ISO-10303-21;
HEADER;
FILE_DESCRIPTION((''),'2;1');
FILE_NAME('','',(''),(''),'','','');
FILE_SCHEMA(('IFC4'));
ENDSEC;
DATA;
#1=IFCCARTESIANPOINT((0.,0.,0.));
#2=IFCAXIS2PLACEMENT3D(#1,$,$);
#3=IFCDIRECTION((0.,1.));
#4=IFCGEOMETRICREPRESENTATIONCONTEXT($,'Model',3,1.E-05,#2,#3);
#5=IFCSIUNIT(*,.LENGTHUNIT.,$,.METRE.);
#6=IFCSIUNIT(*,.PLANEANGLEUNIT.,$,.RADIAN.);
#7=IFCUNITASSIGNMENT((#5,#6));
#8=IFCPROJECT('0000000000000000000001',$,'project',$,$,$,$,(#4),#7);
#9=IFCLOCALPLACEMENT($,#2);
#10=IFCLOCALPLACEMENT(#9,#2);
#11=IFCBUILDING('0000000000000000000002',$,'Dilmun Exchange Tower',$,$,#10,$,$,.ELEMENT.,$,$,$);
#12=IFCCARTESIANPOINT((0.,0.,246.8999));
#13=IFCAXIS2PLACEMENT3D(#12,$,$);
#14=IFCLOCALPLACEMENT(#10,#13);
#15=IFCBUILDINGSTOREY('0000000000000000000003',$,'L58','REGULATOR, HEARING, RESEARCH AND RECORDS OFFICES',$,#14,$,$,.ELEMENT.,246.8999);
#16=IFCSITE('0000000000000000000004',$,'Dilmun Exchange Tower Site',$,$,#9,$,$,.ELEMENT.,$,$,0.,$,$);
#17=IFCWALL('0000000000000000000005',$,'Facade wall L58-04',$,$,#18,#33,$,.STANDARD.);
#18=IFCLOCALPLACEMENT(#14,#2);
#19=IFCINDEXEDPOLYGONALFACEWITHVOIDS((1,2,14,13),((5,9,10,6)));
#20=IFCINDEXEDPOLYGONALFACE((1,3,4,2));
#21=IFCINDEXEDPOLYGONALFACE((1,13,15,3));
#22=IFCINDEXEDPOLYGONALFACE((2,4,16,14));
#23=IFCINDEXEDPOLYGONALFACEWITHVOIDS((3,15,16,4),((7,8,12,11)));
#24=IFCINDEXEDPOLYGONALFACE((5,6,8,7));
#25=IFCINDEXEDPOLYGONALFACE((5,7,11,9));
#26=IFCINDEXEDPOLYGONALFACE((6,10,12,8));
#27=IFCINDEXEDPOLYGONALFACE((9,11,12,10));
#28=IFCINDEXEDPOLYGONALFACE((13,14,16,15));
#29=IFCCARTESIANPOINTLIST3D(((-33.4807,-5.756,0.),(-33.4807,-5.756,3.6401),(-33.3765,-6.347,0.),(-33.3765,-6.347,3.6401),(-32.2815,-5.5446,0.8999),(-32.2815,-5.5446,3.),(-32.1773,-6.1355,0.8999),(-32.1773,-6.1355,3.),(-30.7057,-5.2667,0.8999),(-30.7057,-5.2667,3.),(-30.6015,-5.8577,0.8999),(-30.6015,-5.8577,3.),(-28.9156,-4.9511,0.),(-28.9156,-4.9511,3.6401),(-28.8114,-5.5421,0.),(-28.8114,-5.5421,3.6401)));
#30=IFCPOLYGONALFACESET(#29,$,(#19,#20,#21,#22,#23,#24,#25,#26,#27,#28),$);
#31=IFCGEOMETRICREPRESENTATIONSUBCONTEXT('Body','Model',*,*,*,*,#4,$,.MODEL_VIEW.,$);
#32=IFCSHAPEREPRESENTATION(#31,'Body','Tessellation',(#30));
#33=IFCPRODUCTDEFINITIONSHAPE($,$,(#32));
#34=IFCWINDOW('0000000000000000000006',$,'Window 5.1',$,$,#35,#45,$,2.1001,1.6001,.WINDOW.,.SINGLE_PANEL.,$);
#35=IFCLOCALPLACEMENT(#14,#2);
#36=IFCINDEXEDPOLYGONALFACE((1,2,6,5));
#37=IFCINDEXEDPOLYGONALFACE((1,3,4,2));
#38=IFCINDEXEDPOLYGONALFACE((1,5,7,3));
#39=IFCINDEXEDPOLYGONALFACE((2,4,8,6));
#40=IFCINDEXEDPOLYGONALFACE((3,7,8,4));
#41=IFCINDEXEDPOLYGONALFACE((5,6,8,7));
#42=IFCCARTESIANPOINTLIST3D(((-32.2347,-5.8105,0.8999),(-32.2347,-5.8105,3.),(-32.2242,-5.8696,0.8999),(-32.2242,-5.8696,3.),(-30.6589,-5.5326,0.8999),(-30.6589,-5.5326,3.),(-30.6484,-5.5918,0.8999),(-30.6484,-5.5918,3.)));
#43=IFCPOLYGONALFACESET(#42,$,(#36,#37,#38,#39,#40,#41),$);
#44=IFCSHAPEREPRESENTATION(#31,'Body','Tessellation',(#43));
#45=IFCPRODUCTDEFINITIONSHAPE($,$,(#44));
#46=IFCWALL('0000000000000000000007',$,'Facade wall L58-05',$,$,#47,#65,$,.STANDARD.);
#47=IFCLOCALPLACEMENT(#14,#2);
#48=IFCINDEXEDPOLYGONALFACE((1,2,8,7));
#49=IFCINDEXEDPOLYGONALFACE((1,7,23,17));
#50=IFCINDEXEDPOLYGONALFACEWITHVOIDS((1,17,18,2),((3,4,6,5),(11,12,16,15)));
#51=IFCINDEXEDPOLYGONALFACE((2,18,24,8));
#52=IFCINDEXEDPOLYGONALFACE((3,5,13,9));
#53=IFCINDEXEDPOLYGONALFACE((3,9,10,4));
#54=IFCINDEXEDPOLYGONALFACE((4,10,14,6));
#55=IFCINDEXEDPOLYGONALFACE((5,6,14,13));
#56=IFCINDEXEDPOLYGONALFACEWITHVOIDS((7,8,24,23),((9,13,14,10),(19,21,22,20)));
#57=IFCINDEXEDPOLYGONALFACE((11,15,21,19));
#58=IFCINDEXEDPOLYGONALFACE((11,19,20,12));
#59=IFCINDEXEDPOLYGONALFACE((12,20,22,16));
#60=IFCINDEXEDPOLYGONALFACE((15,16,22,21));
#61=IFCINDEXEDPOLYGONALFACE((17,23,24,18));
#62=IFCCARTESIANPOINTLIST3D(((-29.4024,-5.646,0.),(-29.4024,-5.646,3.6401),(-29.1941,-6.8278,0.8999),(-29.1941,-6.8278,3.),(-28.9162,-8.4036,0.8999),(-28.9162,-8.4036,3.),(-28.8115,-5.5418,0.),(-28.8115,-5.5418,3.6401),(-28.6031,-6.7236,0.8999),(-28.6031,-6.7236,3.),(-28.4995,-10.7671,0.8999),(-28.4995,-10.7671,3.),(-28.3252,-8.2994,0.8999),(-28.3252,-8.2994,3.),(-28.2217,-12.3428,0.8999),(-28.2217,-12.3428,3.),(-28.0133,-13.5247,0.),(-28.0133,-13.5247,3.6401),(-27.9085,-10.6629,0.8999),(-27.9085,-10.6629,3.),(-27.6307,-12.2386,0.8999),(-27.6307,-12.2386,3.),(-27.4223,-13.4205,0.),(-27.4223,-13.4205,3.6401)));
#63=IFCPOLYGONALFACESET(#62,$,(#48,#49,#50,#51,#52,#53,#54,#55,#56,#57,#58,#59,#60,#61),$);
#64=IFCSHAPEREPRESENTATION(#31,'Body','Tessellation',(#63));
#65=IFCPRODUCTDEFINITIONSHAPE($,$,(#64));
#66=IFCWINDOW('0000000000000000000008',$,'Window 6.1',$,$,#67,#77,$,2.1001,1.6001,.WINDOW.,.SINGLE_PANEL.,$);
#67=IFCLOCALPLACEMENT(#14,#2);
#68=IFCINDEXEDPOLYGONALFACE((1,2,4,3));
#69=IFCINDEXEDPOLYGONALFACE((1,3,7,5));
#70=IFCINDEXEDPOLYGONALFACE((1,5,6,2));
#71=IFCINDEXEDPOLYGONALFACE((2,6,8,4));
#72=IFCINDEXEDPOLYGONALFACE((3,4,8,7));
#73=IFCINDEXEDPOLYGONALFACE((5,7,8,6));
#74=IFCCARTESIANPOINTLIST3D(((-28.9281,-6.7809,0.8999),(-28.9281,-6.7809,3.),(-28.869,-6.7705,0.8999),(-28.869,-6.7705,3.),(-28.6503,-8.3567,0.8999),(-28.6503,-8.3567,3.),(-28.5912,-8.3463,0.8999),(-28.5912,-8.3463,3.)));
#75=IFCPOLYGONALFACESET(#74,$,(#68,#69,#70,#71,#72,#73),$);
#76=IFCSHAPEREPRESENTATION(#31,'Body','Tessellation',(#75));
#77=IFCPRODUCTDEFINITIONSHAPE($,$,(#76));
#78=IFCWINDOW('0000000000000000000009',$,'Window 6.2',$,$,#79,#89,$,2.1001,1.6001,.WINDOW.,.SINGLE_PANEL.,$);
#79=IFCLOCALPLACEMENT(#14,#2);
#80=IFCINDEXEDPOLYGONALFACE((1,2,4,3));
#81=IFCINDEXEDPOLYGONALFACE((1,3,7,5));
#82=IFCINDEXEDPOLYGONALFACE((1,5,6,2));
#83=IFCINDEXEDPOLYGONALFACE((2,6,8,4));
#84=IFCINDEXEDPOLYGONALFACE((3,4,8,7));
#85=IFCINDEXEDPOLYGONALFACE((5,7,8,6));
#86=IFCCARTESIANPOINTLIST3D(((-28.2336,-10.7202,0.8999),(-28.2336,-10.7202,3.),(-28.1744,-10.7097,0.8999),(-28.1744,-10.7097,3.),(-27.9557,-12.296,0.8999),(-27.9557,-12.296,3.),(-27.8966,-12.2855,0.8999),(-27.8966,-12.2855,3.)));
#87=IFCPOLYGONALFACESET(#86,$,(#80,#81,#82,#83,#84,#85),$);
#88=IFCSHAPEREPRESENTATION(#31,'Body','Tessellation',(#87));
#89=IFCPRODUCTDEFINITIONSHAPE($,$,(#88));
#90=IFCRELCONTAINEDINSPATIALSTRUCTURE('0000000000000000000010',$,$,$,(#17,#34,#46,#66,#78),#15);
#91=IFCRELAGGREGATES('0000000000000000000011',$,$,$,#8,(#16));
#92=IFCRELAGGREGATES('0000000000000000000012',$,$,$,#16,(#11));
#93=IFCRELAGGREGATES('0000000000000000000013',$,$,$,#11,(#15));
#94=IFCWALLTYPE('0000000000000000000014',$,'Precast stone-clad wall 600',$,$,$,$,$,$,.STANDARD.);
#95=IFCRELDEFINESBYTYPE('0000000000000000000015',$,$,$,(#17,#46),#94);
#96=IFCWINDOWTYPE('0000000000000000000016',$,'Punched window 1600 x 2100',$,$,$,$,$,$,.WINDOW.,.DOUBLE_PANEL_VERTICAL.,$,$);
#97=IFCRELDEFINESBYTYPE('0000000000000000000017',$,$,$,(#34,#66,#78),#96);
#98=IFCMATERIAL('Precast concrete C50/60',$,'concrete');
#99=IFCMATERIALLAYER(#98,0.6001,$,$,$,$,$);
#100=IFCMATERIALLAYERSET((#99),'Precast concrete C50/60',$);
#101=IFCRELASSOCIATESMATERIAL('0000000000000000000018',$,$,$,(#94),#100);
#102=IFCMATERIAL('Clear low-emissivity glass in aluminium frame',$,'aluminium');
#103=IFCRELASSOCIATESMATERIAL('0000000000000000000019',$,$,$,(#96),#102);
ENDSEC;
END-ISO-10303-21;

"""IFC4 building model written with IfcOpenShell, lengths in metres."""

from ifc_helpers import new_model, si_unit, direction, frame, frame_2d, origin, place, context, subcontext, project, spatial, rectangle, extrude, material, layer, layer_set, type_object, element, fill, save


model = new_model("IFC4")

# Units and contexts
model_context = context("Model", 3, precision=1e-05, world=origin(), true_north=direction((0.0, 1.0)))
body_context = subcontext(model_context, "Body", "Model", "MODEL_VIEW")
ifc_project = project(units=[si_unit("LENGTHUNIT", "METRE"), si_unit("PLANEANGLEUNIT", "RADIAN")], contexts=[model_context])

# Site, building, storey
site_placement = place(None, origin())
site = spatial("IfcSite", under=ifc_project, at=site_placement, Name="Dilmun Exchange Tower Site", CompositionType="ELEMENT", RefElevation=0.0)
building_placement = place(site_placement, origin())
building = spatial("IfcBuilding", under=site, at=building_placement, Name="Dilmun Exchange Tower", CompositionType="ELEMENT")
storey_placement = place(building_placement, frame((0.0, 0.0, 246.8999)))
storey = spatial("IfcBuildingStorey", under=building, at=storey_placement, Name="L58", Description="REGULATOR, HEARING, RESEARCH AND RECORDS OFFICES", CompositionType="ELEMENT", Elevation=246.8999)

# Wall, opening, window
ifc_material_1 = material(Name="Precast concrete C50/60", Category="concrete")
ifc_layer_1 = layer(ifc_material_1, 0.6001)
ifc_layer_set_1 = layer_set([ifc_layer_1], Name="Precast concrete C50/60")
wall_type_1 = type_object("IfcWallType", Name="Precast stone-clad wall 600", PredefinedType="STANDARD", material=ifc_layer_set_1)
wall_1_placement = place(storey_placement, frame((-33.4287, -6.0515, 0.0), z_axis=(0.0, 0.0, 1.0), x_axis=(0.984809, 0.173641, 0.0)))
wall_1 = element("IfcWall", 1, at=wall_1_placement, inside=storey, type_object=wall_type_1, Name="Facade wall L58-04", PredefinedType="STANDARD", context=body_context, shape_type="SweptSolid", body=[
    extrude(rectangle(XDim=4.6355, YDim=0.6001, at=frame_2d((2.3179, 0.0))), origin(), (0.0, 0.0, 1.0), 3.6401),
])
opening_1_placement = place(wall_1_placement, frame((1.2178, 0.0, 0.8999)))
opening_1 = element("IfcOpeningElement", 2, at=opening_1_placement, cuts=wall_1, PredefinedType="OPENING", context=body_context, shape_type="SweptSolid", body=[
    extrude(rectangle(XDim=1.6001, YDim=2.1001, at=frame_2d((0.8, 1.05))), frame((0.0, 0.3101, 0.0), z_axis=(0.0, -1.0, 0.0), x_axis=(1.0, 0.0, 0.0)), (0.0, 0.0, 1.0), 0.6201),
])
ifc_material_2 = material(Name="Clear low-emissivity glass in aluminium frame", Category="aluminium")
window_type = type_object("IfcWindowType", Name="Punched window 1600 x 2100", PartitioningType="DOUBLE_PANEL_VERTICAL", PredefinedType="WINDOW", material=ifc_material_2)
window_1_placement = place(opening_1_placement, origin())
window_1 = element("IfcWindow", 3, at=window_1_placement, inside=storey, type_object=window_type, Name="Window 5.1", OverallHeight=2.1001, OverallWidth=1.6001, PartitioningType="SINGLE_PANEL", PredefinedType="WINDOW", context=body_context, shape_type="SweptSolid", body=[
    extrude(rectangle(XDim=1.6001, YDim=2.1001, at=frame_2d((0.8, 1.05))), frame((0.0, 0.03, 0.0), z_axis=(0.0, -1.0, 0.0), x_axis=(1.0, 0.0, 0.0)), (0.0, 0.0, 1.0), 0.0601),
])
fill(opening_1, window_1)

# Wall, openings, windows
wall_2_placement = place(storey_placement, frame((-29.1069, -5.594, 0.0), z_axis=(0.0, 0.0, 1.0), x_axis=(0.173641, -0.984809, 0.0)))
wall_2 = element("IfcWall", 4, at=wall_2_placement, inside=storey, type_object=wall_type_1, Name="Facade wall L58-05", PredefinedType="STANDARD", context=body_context, shape_type="SweptSolid", body=[
    extrude(rectangle(XDim=8.0002, YDim=0.6001, at=frame_2d((4.0, 0.0))), origin(), (0.0, 0.0, 1.0), 3.6401),
])
opening_2_placement = place(wall_2_placement, frame((1.2, 0.0, 0.8999)))
opening_2 = element("IfcOpeningElement", 5, at=opening_2_placement, cuts=wall_2, PredefinedType="OPENING", context=body_context, shape_type="SweptSolid", body=[
    extrude(rectangle(XDim=1.6001, YDim=2.1001, at=frame_2d((0.8, 1.05))), frame((0.0, 0.3101, 0.0), z_axis=(0.0, -1.0, 0.0), x_axis=(1.0, 0.0, 0.0)), (0.0, 0.0, 1.0), 0.6201),
])
opening_3_placement = place(wall_2_placement, frame((5.2, 0.0, 0.8999)))
opening_3 = element("IfcOpeningElement", 6, at=opening_3_placement, cuts=wall_2, PredefinedType="OPENING", context=body_context, shape_type="SweptSolid", body=[
    extrude(rectangle(XDim=1.6001, YDim=2.1001, at=frame_2d((0.8, 1.05))), frame((0.0, 0.3101, 0.0), z_axis=(0.0, -1.0, 0.0), x_axis=(1.0, 0.0, 0.0)), (0.0, 0.0, 1.0), 0.6201),
])
window_2_placement = place(opening_2_placement, origin())
window_2 = element("IfcWindow", 7, at=window_2_placement, inside=storey, type_object=window_type, Name="Window 6.1", OverallHeight=2.1001, OverallWidth=1.6001, PartitioningType="SINGLE_PANEL", PredefinedType="WINDOW", context=body_context, shape_type="SweptSolid", body=[
    extrude(rectangle(XDim=1.6001, YDim=2.1001, at=frame_2d((0.8, 1.05))), frame((0.0, 0.03, 0.0), z_axis=(0.0, -1.0, 0.0), x_axis=(1.0, 0.0, 0.0)), (0.0, 0.0, 1.0), 0.0601),
])
fill(opening_2, window_2)
window_3_placement = place(opening_3_placement, origin())
window_3 = element("IfcWindow", 8, at=window_3_placement, inside=storey, type_object=window_type, Name="Window 6.2", OverallHeight=2.1001, OverallWidth=1.6001, PartitioningType="SINGLE_PANEL", PredefinedType="WINDOW", context=body_context, shape_type="SweptSolid", body=[
    extrude(rectangle(XDim=1.6001, YDim=2.1001, at=frame_2d((0.8, 1.05))), frame((0.0, 0.03, 0.0), z_axis=(0.0, -1.0, 0.0), x_axis=(1.0, 0.0, 0.0)), (0.0, 0.0, 1.0), 0.0601),
])
fill(opening_3, window_3)

save(model, "model.ifc")
